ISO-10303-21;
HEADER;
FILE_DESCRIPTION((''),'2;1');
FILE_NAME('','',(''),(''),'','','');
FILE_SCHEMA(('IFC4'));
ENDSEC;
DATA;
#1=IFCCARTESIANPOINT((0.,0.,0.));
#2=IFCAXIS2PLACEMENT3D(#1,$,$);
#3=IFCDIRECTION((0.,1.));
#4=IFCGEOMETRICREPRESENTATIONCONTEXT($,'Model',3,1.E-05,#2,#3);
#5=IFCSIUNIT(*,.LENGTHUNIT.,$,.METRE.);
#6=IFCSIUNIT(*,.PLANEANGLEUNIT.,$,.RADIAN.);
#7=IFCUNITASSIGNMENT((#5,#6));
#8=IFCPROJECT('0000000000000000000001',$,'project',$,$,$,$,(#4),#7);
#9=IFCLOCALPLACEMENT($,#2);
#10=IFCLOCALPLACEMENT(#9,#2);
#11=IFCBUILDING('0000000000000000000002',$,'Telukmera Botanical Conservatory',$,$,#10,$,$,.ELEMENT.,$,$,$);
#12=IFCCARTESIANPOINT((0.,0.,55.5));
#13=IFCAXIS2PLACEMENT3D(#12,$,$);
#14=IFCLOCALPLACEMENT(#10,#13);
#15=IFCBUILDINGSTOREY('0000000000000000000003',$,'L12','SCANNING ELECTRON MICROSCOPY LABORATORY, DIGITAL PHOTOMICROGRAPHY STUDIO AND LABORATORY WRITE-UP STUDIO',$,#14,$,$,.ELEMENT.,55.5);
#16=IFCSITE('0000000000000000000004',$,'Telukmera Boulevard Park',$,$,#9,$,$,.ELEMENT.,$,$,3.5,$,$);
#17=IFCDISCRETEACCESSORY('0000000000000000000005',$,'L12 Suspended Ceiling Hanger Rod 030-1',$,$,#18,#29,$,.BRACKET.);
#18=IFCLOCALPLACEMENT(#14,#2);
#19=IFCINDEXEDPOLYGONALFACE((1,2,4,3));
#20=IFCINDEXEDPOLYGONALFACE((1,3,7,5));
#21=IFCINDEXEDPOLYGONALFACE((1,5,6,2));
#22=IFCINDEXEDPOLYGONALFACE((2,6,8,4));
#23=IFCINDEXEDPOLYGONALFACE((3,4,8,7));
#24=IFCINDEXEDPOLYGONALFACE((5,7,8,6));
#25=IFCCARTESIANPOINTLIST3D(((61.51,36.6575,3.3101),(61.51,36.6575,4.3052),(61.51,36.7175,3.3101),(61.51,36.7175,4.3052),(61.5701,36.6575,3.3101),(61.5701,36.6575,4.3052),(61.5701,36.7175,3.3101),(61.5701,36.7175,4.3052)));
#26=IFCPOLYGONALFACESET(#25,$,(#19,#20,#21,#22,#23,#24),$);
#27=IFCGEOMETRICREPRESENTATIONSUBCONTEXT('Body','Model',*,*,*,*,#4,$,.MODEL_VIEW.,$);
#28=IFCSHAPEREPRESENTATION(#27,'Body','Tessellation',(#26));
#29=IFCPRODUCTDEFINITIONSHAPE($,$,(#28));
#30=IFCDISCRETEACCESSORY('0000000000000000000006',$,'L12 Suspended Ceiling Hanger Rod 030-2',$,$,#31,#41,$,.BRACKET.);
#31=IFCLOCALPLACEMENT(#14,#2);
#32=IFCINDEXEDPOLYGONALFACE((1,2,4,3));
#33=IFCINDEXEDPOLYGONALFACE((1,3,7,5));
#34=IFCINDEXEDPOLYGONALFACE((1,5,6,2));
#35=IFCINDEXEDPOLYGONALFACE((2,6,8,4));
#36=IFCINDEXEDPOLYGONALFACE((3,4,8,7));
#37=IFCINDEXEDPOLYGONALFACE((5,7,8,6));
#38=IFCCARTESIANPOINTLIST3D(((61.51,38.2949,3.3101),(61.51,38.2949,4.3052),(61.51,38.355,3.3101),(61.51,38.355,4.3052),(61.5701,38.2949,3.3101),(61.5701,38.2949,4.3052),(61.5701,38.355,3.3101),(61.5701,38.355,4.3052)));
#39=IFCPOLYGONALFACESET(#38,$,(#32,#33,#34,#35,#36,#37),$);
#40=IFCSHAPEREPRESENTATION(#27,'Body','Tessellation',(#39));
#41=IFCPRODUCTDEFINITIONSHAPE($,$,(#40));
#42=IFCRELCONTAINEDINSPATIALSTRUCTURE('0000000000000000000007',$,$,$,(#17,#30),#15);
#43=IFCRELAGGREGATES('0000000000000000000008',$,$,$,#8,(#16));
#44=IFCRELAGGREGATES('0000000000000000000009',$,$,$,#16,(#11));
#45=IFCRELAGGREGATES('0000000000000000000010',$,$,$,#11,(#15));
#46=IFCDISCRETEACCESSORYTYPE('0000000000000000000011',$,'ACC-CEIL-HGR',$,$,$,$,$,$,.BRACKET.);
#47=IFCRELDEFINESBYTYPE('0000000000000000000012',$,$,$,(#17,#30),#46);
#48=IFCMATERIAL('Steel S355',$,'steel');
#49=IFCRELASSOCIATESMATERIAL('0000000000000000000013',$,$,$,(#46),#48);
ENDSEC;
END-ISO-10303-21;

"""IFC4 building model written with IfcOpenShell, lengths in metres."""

from ifc_helpers import new_model, si_unit, direction, frame, origin, origin_2d, place, context, subcontext, project, spatial, rectangle, extrude, material, type_object, element, save


model = new_model("IFC4")

# Units and contexts
model_context = context("Model", 3, precision=1e-05, world=origin(), true_north=direction((0.0, 1.0)))
body_context = subcontext(model_context, "Body", "Model", "MODEL_VIEW")
ifc_project = project(units=[si_unit("LENGTHUNIT", "METRE"), si_unit("PLANEANGLEUNIT", "RADIAN")], contexts=[model_context])

# Site, building, storey
site_placement = place(None, origin())
site = spatial("IfcSite", under=ifc_project, at=site_placement, Name="Telukmera Boulevard Park", CompositionType="ELEMENT", RefElevation=3.5)
building_placement = place(site_placement, origin())
building = spatial("IfcBuilding", under=site, at=building_placement, Name="Telukmera Botanical Conservatory", CompositionType="ELEMENT")
storey_placement = place(building_placement, frame((0.0, 0.0, 55.5)))
storey = spatial("IfcBuildingStorey", under=building, at=storey_placement, Name="L12", Description="SCANNING ELECTRON MICROSCOPY LABORATORY, DIGITAL PHOTOMICROGRAPHY STUDIO AND LABORATORY WRITE-UP STUDIO", CompositionType="ELEMENT", Elevation=55.5)

# Discrete accessories
ifc_material_1 = material(Name="Steel S355", Category="steel")
discrete_accessory_type = type_object("IfcDiscreteAccessoryType", Name="ACC-CEIL-HGR", PredefinedType="BRACKET", material=ifc_material_1)
for number, where, z_axis, x_axis, name in (
    (1, (61.54, 36.6875, 3.3101), (0.0, 0.0, 1.0), (1.0, 0.0, 0.0), "L12 Suspended Ceiling Hanger Rod 030-1"),
    (2, (61.54, 38.325, 3.3101), (0.0, 0.0, 1.0), (1.0, 0.0, 0.0), "L12 Suspended Ceiling Hanger Rod 030-2"),
):
    element("IfcDiscreteAccessory", number, at=place(storey_placement, frame(where, z_axis=z_axis, x_axis=x_axis)), inside=storey, type_object=discrete_accessory_type, Name=name, PredefinedType="BRACKET", context=body_context, shape_type="SweptSolid", body=[
        extrude(rectangle(XDim=0.0601, YDim=0.0601, at=origin_2d()), origin(), (0.0, 0.0, 1.0), 0.9951),
    ])

save(model, "model.ifc")
